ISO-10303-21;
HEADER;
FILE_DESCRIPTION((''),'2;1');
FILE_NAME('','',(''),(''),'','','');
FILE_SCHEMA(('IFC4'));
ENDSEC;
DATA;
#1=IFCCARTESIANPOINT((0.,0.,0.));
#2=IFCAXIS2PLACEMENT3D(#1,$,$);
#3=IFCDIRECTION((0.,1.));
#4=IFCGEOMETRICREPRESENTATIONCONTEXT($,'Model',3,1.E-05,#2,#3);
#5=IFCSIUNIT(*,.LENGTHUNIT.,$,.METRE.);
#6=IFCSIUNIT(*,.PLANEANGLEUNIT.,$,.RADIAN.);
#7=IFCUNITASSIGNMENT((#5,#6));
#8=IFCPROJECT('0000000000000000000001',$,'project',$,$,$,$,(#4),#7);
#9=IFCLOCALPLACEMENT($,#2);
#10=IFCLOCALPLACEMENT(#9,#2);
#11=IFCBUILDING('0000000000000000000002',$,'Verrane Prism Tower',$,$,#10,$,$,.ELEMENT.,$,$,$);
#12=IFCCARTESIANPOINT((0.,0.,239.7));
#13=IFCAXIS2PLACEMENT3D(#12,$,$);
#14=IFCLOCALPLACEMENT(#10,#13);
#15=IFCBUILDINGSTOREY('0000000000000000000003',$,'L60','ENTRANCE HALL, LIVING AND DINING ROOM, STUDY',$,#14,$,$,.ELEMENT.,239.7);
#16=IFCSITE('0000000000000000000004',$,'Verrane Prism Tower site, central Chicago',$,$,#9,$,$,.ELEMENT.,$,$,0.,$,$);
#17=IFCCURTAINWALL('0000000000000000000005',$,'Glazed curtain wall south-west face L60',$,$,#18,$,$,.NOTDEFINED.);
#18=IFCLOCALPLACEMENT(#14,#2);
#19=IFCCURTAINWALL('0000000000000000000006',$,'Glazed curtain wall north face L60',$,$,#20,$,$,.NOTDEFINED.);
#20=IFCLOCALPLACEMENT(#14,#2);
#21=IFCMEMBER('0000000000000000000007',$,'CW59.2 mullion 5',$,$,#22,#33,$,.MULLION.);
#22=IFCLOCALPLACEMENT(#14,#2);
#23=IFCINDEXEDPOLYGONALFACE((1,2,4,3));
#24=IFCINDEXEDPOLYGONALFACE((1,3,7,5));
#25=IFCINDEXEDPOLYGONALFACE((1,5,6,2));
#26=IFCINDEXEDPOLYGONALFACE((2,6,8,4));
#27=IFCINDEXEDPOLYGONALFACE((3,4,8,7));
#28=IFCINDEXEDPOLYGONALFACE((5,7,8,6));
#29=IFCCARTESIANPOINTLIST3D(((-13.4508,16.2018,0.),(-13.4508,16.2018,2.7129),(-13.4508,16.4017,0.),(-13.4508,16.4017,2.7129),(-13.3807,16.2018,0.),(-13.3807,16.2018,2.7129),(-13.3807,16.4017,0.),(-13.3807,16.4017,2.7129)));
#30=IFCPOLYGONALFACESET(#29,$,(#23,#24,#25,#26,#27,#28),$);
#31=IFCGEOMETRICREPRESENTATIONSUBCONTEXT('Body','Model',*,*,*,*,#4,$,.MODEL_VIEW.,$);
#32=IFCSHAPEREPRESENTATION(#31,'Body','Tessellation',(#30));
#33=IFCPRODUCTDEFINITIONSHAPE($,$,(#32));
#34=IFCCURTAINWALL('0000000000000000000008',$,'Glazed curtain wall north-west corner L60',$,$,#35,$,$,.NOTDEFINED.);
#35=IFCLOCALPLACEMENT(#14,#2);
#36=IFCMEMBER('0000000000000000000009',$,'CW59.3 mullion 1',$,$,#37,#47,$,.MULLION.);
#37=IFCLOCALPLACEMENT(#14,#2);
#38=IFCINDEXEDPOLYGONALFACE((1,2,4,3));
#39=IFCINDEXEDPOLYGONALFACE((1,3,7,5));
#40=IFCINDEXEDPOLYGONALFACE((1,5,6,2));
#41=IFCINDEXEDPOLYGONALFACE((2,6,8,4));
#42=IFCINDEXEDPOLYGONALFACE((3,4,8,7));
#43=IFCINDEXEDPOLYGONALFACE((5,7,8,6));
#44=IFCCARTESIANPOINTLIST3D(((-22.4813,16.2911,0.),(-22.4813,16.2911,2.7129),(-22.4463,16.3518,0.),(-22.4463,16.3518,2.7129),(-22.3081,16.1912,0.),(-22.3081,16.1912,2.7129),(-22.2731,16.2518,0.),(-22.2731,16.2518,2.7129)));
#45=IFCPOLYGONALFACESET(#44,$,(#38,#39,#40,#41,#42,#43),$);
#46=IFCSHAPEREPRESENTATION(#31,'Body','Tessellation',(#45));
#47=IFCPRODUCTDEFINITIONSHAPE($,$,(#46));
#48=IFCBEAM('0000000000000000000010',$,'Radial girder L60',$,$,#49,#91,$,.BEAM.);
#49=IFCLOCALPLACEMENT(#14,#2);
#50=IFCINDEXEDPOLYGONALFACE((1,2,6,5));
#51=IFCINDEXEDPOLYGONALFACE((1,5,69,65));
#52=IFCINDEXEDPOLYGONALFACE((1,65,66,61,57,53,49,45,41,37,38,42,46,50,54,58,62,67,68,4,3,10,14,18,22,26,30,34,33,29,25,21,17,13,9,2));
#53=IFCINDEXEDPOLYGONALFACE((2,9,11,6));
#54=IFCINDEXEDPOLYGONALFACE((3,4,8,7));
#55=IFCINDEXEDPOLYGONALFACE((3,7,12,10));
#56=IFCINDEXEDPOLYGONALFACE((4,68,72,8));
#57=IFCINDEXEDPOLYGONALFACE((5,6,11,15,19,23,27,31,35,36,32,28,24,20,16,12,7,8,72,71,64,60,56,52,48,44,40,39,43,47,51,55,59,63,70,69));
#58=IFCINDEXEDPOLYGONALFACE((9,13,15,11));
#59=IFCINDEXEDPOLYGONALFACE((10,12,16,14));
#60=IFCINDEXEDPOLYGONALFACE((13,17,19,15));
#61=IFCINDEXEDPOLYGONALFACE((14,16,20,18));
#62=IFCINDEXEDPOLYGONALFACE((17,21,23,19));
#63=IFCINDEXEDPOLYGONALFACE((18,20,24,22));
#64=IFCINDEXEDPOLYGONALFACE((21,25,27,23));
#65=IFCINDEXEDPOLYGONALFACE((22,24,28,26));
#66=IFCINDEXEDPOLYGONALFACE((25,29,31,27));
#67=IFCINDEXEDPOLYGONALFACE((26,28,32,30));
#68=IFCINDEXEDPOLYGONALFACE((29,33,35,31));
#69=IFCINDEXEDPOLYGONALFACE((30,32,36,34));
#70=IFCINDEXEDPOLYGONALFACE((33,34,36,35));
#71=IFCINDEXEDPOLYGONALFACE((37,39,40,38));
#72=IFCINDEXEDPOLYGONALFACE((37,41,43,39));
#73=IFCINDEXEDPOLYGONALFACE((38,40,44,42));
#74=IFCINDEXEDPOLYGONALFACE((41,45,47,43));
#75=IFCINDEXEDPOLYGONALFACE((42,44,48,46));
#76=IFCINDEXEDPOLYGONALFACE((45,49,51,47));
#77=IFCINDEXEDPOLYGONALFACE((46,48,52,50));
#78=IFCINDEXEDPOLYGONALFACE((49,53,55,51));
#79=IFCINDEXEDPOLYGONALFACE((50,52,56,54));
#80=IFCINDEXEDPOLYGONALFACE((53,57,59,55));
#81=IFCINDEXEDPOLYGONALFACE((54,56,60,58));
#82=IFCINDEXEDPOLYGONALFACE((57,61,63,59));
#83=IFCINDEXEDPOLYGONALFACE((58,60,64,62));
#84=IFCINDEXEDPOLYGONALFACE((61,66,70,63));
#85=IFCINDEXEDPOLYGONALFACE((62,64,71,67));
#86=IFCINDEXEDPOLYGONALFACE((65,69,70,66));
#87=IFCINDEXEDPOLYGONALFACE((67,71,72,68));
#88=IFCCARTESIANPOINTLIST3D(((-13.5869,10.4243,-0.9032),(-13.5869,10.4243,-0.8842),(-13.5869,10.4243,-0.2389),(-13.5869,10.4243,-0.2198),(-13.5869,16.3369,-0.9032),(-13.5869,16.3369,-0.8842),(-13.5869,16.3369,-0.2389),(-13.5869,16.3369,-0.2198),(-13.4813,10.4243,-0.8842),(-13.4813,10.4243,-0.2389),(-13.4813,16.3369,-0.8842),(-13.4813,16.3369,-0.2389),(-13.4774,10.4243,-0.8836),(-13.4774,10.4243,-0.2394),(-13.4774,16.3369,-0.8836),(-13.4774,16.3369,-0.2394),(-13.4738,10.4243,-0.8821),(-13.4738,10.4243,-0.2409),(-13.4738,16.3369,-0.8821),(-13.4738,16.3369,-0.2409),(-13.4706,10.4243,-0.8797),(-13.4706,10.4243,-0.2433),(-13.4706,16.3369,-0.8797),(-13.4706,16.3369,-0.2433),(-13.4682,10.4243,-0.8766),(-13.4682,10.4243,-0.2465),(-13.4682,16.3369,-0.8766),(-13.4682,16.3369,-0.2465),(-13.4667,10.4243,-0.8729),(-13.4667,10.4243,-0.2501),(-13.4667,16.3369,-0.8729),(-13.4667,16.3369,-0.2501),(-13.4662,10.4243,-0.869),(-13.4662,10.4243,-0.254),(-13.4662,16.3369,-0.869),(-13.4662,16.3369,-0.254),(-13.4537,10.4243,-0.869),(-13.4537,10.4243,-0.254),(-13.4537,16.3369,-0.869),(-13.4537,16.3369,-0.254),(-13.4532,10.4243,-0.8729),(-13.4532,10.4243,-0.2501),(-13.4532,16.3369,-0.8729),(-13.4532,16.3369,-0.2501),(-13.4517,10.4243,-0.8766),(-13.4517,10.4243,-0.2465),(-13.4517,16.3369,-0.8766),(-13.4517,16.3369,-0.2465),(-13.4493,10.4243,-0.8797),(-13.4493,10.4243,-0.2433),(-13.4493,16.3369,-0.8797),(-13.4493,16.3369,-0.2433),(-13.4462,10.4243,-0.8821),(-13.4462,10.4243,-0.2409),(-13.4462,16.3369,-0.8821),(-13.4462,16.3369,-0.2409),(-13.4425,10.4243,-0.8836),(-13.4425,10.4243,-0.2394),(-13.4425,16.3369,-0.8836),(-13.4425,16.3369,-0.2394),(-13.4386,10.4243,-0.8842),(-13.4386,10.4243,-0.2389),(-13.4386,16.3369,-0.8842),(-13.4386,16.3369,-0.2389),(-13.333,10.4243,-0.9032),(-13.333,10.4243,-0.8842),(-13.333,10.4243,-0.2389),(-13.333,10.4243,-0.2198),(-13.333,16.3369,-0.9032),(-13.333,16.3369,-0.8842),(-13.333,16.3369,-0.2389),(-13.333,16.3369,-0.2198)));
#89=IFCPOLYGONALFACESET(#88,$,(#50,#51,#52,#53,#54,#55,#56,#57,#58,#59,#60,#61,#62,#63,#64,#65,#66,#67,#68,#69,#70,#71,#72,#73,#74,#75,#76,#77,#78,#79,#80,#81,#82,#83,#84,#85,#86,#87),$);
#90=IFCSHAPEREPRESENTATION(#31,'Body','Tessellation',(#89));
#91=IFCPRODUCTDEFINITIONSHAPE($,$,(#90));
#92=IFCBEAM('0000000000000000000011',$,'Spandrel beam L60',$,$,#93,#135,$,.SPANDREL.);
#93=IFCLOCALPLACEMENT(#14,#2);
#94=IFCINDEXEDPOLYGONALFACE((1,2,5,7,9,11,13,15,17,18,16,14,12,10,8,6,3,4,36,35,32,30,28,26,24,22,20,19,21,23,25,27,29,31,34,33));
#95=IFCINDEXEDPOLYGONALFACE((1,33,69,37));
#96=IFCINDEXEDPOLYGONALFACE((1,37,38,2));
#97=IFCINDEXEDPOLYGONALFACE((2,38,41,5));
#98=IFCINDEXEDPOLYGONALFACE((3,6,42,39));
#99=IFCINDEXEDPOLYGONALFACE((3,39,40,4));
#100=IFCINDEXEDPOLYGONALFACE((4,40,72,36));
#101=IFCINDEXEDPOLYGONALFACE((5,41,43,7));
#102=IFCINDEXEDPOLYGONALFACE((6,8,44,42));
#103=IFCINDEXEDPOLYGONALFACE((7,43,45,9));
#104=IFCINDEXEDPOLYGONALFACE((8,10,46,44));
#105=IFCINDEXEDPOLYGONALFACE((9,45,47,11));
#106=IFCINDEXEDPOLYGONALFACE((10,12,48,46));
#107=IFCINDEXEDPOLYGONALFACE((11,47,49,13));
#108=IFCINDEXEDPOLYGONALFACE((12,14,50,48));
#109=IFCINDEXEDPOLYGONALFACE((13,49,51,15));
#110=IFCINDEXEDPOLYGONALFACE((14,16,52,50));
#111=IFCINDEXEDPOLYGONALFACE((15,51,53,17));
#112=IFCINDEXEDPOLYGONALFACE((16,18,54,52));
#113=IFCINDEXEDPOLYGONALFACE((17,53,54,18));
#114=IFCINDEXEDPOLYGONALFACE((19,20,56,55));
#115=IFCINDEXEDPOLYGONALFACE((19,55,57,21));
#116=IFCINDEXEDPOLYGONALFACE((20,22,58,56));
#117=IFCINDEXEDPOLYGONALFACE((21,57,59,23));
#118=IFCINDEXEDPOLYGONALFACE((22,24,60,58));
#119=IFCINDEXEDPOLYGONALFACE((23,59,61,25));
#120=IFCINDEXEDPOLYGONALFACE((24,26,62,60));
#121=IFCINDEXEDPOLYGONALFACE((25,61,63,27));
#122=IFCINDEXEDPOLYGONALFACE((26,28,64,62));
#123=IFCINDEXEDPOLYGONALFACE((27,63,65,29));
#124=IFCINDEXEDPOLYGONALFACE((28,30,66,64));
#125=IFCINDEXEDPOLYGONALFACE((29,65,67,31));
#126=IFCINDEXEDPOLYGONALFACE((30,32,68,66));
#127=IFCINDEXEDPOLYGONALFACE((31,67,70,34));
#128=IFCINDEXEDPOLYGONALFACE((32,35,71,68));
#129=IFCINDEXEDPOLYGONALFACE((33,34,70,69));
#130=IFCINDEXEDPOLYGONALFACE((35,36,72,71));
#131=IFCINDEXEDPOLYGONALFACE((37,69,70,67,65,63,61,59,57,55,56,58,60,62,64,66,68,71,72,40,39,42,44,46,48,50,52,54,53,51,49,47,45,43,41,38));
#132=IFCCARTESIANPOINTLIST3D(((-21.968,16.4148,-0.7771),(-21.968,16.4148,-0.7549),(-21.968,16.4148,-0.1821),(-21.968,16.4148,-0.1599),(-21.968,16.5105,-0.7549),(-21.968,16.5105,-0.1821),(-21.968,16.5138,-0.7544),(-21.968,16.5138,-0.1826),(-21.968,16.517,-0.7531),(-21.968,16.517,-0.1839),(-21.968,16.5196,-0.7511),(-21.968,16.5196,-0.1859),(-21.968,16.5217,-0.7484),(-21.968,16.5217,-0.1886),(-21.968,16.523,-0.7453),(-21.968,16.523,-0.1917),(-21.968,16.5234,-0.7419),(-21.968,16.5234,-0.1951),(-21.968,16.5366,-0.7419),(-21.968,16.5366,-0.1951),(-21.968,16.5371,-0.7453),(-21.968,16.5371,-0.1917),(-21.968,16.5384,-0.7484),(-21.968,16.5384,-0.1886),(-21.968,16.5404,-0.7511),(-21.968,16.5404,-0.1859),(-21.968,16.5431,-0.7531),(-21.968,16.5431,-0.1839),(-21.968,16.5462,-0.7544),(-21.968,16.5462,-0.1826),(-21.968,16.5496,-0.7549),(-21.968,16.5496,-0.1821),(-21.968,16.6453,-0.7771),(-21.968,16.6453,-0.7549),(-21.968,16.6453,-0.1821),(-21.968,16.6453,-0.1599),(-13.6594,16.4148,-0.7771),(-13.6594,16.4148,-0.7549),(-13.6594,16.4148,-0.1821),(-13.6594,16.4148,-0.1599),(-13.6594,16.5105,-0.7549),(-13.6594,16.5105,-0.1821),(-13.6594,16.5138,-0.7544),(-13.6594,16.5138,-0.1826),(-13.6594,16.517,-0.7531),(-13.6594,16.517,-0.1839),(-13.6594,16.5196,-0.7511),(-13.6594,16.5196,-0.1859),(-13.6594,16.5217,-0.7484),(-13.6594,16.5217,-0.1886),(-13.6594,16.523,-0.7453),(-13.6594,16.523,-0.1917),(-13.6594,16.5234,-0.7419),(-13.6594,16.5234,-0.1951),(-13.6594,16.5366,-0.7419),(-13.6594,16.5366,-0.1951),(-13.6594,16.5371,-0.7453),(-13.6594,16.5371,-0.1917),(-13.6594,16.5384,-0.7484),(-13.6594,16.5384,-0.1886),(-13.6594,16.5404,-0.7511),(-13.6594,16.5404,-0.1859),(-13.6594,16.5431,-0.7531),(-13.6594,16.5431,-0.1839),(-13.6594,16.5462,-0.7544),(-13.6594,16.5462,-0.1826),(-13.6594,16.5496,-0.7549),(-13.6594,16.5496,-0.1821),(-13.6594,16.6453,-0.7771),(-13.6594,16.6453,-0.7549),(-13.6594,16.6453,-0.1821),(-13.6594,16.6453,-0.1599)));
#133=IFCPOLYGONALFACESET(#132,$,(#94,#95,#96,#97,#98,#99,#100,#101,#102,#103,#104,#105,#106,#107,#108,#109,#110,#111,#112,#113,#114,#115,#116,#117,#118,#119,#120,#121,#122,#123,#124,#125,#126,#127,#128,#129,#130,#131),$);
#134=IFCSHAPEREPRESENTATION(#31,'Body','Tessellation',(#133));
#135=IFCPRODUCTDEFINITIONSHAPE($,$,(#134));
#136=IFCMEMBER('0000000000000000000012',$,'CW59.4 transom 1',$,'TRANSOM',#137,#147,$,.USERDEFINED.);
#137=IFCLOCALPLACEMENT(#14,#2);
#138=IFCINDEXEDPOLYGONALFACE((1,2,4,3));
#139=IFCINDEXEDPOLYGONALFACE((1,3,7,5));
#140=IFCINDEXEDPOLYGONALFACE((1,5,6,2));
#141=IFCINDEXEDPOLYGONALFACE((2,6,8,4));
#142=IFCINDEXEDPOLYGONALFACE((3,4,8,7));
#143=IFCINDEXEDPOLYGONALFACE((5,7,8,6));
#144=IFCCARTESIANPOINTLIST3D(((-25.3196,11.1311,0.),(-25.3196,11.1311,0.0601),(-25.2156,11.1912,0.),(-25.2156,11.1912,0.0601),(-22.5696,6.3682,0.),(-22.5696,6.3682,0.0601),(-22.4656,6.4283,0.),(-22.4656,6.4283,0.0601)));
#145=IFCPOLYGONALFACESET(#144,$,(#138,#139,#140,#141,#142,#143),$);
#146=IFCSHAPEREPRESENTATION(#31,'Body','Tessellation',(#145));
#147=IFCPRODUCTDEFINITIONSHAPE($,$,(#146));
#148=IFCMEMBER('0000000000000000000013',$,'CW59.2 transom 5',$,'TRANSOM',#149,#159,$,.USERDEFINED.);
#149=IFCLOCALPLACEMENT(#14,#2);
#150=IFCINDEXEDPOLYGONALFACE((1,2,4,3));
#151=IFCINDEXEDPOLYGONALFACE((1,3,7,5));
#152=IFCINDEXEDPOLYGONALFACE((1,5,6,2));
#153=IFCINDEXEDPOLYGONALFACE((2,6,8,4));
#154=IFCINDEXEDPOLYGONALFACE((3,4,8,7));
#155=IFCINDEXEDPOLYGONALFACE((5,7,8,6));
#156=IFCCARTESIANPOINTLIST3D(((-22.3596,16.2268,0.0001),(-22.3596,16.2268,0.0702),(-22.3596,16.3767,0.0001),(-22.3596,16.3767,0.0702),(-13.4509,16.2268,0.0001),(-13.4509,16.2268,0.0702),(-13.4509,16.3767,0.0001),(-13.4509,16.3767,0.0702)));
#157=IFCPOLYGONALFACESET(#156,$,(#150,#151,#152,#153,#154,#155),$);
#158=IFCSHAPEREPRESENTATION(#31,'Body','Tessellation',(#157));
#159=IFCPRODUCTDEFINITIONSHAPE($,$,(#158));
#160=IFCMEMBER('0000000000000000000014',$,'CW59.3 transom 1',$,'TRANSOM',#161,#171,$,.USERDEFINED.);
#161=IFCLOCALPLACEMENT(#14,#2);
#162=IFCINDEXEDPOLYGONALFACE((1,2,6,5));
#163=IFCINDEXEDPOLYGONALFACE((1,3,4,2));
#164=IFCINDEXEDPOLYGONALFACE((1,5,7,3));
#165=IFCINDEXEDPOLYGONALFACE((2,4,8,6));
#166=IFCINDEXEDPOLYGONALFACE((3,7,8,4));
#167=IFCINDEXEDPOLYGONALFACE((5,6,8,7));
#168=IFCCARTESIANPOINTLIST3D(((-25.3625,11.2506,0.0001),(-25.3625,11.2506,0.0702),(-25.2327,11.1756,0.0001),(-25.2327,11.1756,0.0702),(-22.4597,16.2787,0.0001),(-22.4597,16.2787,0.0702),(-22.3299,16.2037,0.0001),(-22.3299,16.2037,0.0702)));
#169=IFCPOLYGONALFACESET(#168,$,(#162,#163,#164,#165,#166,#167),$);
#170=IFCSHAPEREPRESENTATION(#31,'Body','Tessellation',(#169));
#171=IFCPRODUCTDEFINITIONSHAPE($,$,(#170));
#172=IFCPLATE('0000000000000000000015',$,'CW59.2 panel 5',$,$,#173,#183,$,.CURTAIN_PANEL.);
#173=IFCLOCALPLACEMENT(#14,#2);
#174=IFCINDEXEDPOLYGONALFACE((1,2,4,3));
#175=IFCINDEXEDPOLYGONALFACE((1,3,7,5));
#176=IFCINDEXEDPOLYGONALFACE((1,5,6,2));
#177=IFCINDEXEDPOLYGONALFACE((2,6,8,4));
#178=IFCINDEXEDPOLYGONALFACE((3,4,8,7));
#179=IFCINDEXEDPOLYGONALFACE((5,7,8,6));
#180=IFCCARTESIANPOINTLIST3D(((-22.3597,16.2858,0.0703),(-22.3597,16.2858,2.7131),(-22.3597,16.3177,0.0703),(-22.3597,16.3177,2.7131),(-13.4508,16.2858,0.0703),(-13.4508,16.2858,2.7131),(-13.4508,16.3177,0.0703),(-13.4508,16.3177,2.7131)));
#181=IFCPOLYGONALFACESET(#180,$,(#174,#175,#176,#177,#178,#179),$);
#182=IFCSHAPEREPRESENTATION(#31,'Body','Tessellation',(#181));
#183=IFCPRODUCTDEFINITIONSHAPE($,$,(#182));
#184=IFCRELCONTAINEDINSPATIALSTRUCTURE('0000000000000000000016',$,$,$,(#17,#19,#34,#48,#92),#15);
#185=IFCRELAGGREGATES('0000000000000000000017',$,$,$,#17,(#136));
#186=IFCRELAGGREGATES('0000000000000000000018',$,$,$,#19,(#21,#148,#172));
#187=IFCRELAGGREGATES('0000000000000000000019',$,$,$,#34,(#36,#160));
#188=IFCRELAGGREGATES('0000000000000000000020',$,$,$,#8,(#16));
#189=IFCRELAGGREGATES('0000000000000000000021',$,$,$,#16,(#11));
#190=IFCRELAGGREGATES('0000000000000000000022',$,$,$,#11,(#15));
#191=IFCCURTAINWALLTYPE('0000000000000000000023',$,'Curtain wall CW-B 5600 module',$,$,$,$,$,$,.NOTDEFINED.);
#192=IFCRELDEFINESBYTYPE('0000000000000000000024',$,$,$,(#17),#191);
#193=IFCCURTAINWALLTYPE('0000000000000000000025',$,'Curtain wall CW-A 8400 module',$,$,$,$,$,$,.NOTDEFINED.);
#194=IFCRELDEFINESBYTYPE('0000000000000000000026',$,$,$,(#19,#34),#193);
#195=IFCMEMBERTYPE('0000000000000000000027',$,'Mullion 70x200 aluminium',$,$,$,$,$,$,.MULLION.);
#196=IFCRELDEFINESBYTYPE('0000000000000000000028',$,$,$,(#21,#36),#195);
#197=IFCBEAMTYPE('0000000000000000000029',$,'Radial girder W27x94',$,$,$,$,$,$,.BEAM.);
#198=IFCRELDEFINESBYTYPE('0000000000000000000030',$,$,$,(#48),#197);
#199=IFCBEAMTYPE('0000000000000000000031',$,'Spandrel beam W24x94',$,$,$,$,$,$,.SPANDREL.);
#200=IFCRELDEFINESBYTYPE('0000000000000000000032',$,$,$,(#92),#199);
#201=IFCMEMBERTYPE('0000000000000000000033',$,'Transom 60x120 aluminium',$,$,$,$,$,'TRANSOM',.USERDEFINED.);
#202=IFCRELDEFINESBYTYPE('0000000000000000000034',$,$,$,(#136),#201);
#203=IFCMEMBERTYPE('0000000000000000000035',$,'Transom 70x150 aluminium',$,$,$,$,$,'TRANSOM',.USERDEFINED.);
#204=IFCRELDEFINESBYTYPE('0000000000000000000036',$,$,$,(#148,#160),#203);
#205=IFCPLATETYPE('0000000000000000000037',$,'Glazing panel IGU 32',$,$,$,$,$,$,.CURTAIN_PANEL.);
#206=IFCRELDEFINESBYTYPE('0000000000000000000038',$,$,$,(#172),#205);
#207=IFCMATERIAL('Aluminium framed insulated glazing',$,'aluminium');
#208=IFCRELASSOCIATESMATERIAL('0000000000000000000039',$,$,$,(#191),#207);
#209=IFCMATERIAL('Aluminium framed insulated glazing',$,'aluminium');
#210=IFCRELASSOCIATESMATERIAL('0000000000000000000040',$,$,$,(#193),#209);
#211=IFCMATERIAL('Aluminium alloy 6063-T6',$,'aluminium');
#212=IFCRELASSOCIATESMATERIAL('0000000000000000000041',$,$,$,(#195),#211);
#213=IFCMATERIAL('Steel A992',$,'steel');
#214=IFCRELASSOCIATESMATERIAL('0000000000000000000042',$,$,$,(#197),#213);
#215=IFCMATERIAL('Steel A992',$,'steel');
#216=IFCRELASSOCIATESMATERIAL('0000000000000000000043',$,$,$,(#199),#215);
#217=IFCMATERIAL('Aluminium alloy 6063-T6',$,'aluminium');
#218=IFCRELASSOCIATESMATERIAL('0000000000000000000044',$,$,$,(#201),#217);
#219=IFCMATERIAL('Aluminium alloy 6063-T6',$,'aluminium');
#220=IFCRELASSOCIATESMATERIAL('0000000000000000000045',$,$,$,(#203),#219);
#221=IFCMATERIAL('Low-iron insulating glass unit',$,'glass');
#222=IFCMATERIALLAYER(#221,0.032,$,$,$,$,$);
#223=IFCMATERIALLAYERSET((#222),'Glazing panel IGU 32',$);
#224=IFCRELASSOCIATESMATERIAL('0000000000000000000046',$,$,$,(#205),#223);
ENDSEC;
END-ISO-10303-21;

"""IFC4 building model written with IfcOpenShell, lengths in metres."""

from ifc_helpers import new_model, si_unit, direction, frame, origin, origin_2d, place, context, subcontext, project, spatial, rectangle, i_section, extrude, material, layer, layer_set, material_profile, profile_set, type_object, element, aggregate, save


model = new_model("IFC4")

# Units and contexts
model_context = context("Model", 3, precision=1e-05, world=origin(), true_north=direction((0.0, 1.0)))
body_context = subcontext(model_context, "Body", "Model", "MODEL_VIEW")
ifc_project = project(units=[si_unit("LENGTHUNIT", "METRE"), si_unit("PLANEANGLEUNIT", "RADIAN")], contexts=[model_context])

# Site, building, storey
site_placement = place(None, origin())
site = spatial("IfcSite", under=ifc_project, at=site_placement, Name="Verrane Prism Tower site, central Chicago", CompositionType="ELEMENT", RefElevation=0.0)
building_placement = place(site_placement, origin())
building = spatial("IfcBuilding", under=site, at=building_placement, Name="Verrane Prism Tower", CompositionType="ELEMENT")
storey_placement = place(building_placement, frame((0.0, 0.0, 239.7)))
storey = spatial("IfcBuildingStorey", under=building, at=storey_placement, Name="L60", Description="ENTRANCE HALL, LIVING AND DINING ROOM, STUDY", CompositionType="ELEMENT", Elevation=239.7)

# Curtain walls, members
ifc_material_1 = material(Name="Aluminium framed insulated glazing", Category="aluminium")
curtain_wall_type_1 = type_object("IfcCurtainWallType", Name="Curtain wall CW-B 5600 module", PredefinedType="NOTDEFINED", material=ifc_material_1)
curtain_wall_1_placement = place(storey_placement, origin())
curtain_wall_1 = element("IfcCurtainWall", 1, at=curtain_wall_1_placement, inside=storey, type_object=curtain_wall_type_1, Name="Glazed curtain wall south-west face L60", PredefinedType="NOTDEFINED")
ifc_material_2 = material(Name="Aluminium framed insulated glazing", Category="aluminium")
curtain_wall_type_2 = type_object("IfcCurtainWallType", Name="Curtain wall CW-A 8400 module", PredefinedType="NOTDEFINED", material=ifc_material_2)
curtain_wall_2_placement = place(storey_placement, origin())
curtain_wall_2 = element("IfcCurtainWall", 2, at=curtain_wall_2_placement, inside=storey, type_object=curtain_wall_type_2, Name="Glazed curtain wall north face L60", PredefinedType="NOTDEFINED")
ifc_material_3 = material(Name="Aluminium alloy 6063-T6", Category="aluminium")
ifc_material_profile_1 = material_profile(ifc_material_3, rectangle(XDim=0.2, YDim=0.0701, at=origin_2d()), Name="Mullion 70x200 aluminium")
ifc_profile_set_1 = profile_set([ifc_material_profile_1], Name="Aluminium alloy 6063-T6")
member_type_1 = type_object("IfcMemberType", Name="Mullion 70x200 aluminium", PredefinedType="MULLION", material=ifc_profile_set_1)
member_1_placement = place(storey_placement, frame((-13.4158, 16.3018, 0.0), z_axis=(0.0, 0.0, 1.0), x_axis=(0.0, -1.0, 0.0)))
member_1 = element("IfcMember", 3, at=member_1_placement, type_object=member_type_1, Name="CW59.2 mullion 5", PredefinedType="MULLION", context=body_context, shape_type="SweptSolid", body=[
    extrude(rectangle(XDim=0.2, YDim=0.0701, at=origin_2d()), origin(), (0.0, 0.0, 1.0), 2.7129),
])
curtain_wall_3_placement = place(storey_placement, origin())
curtain_wall_3 = element("IfcCurtainWall", 4, at=curtain_wall_3_placement, inside=storey, type_object=curtain_wall_type_2, Name="Glazed curtain wall north-west corner L60", PredefinedType="NOTDEFINED")
member_2_placement = place(storey_placement, frame((-22.3772, 16.2715, 0.0), z_axis=(0.0, 0.0, 1.0), x_axis=(0.866026, -0.499999, 0.0)))
member_2 = element("IfcMember", 5, at=member_2_placement, type_object=member_type_1, Name="CW59.3 mullion 1", PredefinedType="MULLION", context=body_context, shape_type="SweptSolid", body=[
    extrude(rectangle(XDim=0.2, YDim=0.0701, at=origin_2d()), origin(), (0.0, 0.0, 1.0), 2.7129),
])

# Beams
ifc_material_4 = material(Name="Steel A992", Category="steel")
ifc_material_profile_2 = material_profile(ifc_material_4, i_section(OverallWidth=0.2539, OverallDepth=0.6833, WebThickness=0.0125, FlangeThickness=0.019, FilletRadius=0.0151, at=origin_2d()), Name="W27x94")
ifc_profile_set_2 = profile_set([ifc_material_profile_2], Name="Steel A992")
beam_type_1 = type_object("IfcBeamType", Name="Radial girder W27x94", PredefinedType="BEAM", material=ifc_profile_set_2)
beam_1_placement = place(storey_placement, frame((-13.46, 16.3369, -0.5615), z_axis=(0.0, -1.0, 0.0), x_axis=(1.0, 0.0, 0.0)))
element("IfcBeam", 6, at=beam_1_placement, inside=storey, type_object=beam_type_1, Name="Radial girder L60", PredefinedType="BEAM", context=body_context, shape_type="SweptSolid", body=[
    extrude(i_section(OverallWidth=0.2539, OverallDepth=0.6833, WebThickness=0.0125, FlangeThickness=0.019, FilletRadius=0.0151, at=origin_2d()), origin(), (0.0, 0.0, 1.0), 5.9126),
])
ifc_material_5 = material(Name="Steel A992", Category="steel")
ifc_material_profile_3 = material_profile(ifc_material_5, i_section(OverallWidth=0.2305, OverallDepth=0.6172, WebThickness=0.0132, FlangeThickness=0.0222, FilletRadius=0.0129, at=origin_2d()), Name="W24x94")
ifc_profile_set_3 = profile_set([ifc_material_profile_3], Name="Steel A992")
beam_type_2 = type_object("IfcBeamType", Name="Spandrel beam W24x94", PredefinedType="SPANDREL", material=ifc_profile_set_3)
beam_2_placement = place(storey_placement, frame((-13.6594, 16.53, -0.4685), z_axis=(-1.0, 0.0, 0.0), x_axis=(0.0, -1.0, 0.0)))
element("IfcBeam", 7, at=beam_2_placement, inside=storey, type_object=beam_type_2, Name="Spandrel beam L60", PredefinedType="SPANDREL", context=body_context, shape_type="SweptSolid", body=[
    extrude(i_section(OverallWidth=0.2305, OverallDepth=0.6172, WebThickness=0.0132, FlangeThickness=0.0222, FilletRadius=0.0129, at=origin_2d()), origin(), (0.0, 0.0, 1.0), 8.3086),
])

# Members
ifc_material_6 = material(Name="Aluminium alloy 6063-T6", Category="aluminium")
ifc_material_profile_4 = material_profile(ifc_material_6, rectangle(XDim=0.1201, YDim=0.0601, at=origin_2d()), Name="Transom 60x120 aluminium")
ifc_profile_set_4 = profile_set([ifc_material_profile_4], Name="Aluminium alloy 6063-T6")
member_type_2 = type_object("IfcMemberType", Name="Transom 60x120 aluminium", ElementType="TRANSOM", PredefinedType="USERDEFINED", material=ifc_profile_set_4)
member_3_placement = place(storey_placement, frame((-25.2676, 11.1611, 0.03), z_axis=(0.500016, -0.866016, 0.0), x_axis=(0.866016, 0.500016, 0.0)))
member_3 = element("IfcMember", 8, at=member_3_placement, type_object=member_type_2, Name="CW59.4 transom 1", ObjectType="TRANSOM", PredefinedType="USERDEFINED", context=body_context, shape_type="SweptSolid", body=[
    extrude(rectangle(XDim=0.1201, YDim=0.0601, at=origin_2d()), origin(), (0.0, 0.0, 1.0), 5.4998),
])
aggregate(curtain_wall_1, [member_3])
ifc_material_7 = material(Name="Aluminium alloy 6063-T6", Category="aluminium")
ifc_material_profile_5 = material_profile(ifc_material_7, rectangle(XDim=0.1499, YDim=0.0701, at=origin_2d()), Name="Transom 70x150 aluminium")
ifc_profile_set_5 = profile_set([ifc_material_profile_5], Name="Aluminium alloy 6063-T6")
member_type_3 = type_object("IfcMemberType", Name="Transom 70x150 aluminium", ElementType="TRANSOM", PredefinedType="USERDEFINED", material=ifc_profile_set_5)
member_4_placement = place(storey_placement, frame((-13.4509, 16.3018, 0.0352), z_axis=(-1.0, 0.0, 0.0), x_axis=(0.0, -1.0, 0.0)))
member_4 = element("IfcMember", 9, at=member_4_placement, type_object=member_type_3, Name="CW59.2 transom 5", ObjectType="TRANSOM", PredefinedType="USERDEFINED", context=body_context, shape_type="SweptSolid", body=[
    extrude(rectangle(XDim=0.1499, YDim=0.0701, at=origin_2d()), origin(), (0.0, 0.0, 1.0), 8.9087),
])
member_5_placement = place(storey_placement, frame((-22.3948, 16.2412, 0.0352), z_axis=(-0.499983, -0.866035, 0.0), x_axis=(0.866035, -0.499983, 0.0)))
member_5 = element("IfcMember", 10, at=member_5_placement, type_object=member_type_3, Name="CW59.3 transom 1", ObjectType="TRANSOM", PredefinedType="USERDEFINED", context=body_context, shape_type="SweptSolid", body=[
    extrude(rectangle(XDim=0.1499, YDim=0.0701, at=origin_2d()), origin(), (0.0, 0.0, 1.0), 5.8059),
])

# Plate
ifc_material_8 = material(Name="Low-iron insulating glass unit", Category="glass")
ifc_layer_1 = layer(ifc_material_8, 0.032)
ifc_layer_set_1 = layer_set([ifc_layer_1], Name="Glazing panel IGU 32")
plate_type = type_object("IfcPlateType", Name="Glazing panel IGU 32", PredefinedType="CURTAIN_PANEL", material=ifc_layer_set_1)
plate_1_placement = place(storey_placement, frame((-17.9053, 16.3018, 0.0703), z_axis=(0.0, 0.0, 1.0), x_axis=(-1.0, 0.0, 0.0)))
plate_1 = element("IfcPlate", 11, at=plate_1_placement, type_object=plate_type, Name="CW59.2 panel 5", PredefinedType="CURTAIN_PANEL", context=body_context, shape_type="SweptSolid", body=[
    extrude(rectangle(XDim=8.9089, YDim=0.032, at=origin_2d()), origin(), (0.0, 0.0, 1.0), 2.6428),
])
aggregate(curtain_wall_2, [member_1, member_4, plate_1])
aggregate(curtain_wall_3, [member_2, member_5])

save(model, "model.ifc")
